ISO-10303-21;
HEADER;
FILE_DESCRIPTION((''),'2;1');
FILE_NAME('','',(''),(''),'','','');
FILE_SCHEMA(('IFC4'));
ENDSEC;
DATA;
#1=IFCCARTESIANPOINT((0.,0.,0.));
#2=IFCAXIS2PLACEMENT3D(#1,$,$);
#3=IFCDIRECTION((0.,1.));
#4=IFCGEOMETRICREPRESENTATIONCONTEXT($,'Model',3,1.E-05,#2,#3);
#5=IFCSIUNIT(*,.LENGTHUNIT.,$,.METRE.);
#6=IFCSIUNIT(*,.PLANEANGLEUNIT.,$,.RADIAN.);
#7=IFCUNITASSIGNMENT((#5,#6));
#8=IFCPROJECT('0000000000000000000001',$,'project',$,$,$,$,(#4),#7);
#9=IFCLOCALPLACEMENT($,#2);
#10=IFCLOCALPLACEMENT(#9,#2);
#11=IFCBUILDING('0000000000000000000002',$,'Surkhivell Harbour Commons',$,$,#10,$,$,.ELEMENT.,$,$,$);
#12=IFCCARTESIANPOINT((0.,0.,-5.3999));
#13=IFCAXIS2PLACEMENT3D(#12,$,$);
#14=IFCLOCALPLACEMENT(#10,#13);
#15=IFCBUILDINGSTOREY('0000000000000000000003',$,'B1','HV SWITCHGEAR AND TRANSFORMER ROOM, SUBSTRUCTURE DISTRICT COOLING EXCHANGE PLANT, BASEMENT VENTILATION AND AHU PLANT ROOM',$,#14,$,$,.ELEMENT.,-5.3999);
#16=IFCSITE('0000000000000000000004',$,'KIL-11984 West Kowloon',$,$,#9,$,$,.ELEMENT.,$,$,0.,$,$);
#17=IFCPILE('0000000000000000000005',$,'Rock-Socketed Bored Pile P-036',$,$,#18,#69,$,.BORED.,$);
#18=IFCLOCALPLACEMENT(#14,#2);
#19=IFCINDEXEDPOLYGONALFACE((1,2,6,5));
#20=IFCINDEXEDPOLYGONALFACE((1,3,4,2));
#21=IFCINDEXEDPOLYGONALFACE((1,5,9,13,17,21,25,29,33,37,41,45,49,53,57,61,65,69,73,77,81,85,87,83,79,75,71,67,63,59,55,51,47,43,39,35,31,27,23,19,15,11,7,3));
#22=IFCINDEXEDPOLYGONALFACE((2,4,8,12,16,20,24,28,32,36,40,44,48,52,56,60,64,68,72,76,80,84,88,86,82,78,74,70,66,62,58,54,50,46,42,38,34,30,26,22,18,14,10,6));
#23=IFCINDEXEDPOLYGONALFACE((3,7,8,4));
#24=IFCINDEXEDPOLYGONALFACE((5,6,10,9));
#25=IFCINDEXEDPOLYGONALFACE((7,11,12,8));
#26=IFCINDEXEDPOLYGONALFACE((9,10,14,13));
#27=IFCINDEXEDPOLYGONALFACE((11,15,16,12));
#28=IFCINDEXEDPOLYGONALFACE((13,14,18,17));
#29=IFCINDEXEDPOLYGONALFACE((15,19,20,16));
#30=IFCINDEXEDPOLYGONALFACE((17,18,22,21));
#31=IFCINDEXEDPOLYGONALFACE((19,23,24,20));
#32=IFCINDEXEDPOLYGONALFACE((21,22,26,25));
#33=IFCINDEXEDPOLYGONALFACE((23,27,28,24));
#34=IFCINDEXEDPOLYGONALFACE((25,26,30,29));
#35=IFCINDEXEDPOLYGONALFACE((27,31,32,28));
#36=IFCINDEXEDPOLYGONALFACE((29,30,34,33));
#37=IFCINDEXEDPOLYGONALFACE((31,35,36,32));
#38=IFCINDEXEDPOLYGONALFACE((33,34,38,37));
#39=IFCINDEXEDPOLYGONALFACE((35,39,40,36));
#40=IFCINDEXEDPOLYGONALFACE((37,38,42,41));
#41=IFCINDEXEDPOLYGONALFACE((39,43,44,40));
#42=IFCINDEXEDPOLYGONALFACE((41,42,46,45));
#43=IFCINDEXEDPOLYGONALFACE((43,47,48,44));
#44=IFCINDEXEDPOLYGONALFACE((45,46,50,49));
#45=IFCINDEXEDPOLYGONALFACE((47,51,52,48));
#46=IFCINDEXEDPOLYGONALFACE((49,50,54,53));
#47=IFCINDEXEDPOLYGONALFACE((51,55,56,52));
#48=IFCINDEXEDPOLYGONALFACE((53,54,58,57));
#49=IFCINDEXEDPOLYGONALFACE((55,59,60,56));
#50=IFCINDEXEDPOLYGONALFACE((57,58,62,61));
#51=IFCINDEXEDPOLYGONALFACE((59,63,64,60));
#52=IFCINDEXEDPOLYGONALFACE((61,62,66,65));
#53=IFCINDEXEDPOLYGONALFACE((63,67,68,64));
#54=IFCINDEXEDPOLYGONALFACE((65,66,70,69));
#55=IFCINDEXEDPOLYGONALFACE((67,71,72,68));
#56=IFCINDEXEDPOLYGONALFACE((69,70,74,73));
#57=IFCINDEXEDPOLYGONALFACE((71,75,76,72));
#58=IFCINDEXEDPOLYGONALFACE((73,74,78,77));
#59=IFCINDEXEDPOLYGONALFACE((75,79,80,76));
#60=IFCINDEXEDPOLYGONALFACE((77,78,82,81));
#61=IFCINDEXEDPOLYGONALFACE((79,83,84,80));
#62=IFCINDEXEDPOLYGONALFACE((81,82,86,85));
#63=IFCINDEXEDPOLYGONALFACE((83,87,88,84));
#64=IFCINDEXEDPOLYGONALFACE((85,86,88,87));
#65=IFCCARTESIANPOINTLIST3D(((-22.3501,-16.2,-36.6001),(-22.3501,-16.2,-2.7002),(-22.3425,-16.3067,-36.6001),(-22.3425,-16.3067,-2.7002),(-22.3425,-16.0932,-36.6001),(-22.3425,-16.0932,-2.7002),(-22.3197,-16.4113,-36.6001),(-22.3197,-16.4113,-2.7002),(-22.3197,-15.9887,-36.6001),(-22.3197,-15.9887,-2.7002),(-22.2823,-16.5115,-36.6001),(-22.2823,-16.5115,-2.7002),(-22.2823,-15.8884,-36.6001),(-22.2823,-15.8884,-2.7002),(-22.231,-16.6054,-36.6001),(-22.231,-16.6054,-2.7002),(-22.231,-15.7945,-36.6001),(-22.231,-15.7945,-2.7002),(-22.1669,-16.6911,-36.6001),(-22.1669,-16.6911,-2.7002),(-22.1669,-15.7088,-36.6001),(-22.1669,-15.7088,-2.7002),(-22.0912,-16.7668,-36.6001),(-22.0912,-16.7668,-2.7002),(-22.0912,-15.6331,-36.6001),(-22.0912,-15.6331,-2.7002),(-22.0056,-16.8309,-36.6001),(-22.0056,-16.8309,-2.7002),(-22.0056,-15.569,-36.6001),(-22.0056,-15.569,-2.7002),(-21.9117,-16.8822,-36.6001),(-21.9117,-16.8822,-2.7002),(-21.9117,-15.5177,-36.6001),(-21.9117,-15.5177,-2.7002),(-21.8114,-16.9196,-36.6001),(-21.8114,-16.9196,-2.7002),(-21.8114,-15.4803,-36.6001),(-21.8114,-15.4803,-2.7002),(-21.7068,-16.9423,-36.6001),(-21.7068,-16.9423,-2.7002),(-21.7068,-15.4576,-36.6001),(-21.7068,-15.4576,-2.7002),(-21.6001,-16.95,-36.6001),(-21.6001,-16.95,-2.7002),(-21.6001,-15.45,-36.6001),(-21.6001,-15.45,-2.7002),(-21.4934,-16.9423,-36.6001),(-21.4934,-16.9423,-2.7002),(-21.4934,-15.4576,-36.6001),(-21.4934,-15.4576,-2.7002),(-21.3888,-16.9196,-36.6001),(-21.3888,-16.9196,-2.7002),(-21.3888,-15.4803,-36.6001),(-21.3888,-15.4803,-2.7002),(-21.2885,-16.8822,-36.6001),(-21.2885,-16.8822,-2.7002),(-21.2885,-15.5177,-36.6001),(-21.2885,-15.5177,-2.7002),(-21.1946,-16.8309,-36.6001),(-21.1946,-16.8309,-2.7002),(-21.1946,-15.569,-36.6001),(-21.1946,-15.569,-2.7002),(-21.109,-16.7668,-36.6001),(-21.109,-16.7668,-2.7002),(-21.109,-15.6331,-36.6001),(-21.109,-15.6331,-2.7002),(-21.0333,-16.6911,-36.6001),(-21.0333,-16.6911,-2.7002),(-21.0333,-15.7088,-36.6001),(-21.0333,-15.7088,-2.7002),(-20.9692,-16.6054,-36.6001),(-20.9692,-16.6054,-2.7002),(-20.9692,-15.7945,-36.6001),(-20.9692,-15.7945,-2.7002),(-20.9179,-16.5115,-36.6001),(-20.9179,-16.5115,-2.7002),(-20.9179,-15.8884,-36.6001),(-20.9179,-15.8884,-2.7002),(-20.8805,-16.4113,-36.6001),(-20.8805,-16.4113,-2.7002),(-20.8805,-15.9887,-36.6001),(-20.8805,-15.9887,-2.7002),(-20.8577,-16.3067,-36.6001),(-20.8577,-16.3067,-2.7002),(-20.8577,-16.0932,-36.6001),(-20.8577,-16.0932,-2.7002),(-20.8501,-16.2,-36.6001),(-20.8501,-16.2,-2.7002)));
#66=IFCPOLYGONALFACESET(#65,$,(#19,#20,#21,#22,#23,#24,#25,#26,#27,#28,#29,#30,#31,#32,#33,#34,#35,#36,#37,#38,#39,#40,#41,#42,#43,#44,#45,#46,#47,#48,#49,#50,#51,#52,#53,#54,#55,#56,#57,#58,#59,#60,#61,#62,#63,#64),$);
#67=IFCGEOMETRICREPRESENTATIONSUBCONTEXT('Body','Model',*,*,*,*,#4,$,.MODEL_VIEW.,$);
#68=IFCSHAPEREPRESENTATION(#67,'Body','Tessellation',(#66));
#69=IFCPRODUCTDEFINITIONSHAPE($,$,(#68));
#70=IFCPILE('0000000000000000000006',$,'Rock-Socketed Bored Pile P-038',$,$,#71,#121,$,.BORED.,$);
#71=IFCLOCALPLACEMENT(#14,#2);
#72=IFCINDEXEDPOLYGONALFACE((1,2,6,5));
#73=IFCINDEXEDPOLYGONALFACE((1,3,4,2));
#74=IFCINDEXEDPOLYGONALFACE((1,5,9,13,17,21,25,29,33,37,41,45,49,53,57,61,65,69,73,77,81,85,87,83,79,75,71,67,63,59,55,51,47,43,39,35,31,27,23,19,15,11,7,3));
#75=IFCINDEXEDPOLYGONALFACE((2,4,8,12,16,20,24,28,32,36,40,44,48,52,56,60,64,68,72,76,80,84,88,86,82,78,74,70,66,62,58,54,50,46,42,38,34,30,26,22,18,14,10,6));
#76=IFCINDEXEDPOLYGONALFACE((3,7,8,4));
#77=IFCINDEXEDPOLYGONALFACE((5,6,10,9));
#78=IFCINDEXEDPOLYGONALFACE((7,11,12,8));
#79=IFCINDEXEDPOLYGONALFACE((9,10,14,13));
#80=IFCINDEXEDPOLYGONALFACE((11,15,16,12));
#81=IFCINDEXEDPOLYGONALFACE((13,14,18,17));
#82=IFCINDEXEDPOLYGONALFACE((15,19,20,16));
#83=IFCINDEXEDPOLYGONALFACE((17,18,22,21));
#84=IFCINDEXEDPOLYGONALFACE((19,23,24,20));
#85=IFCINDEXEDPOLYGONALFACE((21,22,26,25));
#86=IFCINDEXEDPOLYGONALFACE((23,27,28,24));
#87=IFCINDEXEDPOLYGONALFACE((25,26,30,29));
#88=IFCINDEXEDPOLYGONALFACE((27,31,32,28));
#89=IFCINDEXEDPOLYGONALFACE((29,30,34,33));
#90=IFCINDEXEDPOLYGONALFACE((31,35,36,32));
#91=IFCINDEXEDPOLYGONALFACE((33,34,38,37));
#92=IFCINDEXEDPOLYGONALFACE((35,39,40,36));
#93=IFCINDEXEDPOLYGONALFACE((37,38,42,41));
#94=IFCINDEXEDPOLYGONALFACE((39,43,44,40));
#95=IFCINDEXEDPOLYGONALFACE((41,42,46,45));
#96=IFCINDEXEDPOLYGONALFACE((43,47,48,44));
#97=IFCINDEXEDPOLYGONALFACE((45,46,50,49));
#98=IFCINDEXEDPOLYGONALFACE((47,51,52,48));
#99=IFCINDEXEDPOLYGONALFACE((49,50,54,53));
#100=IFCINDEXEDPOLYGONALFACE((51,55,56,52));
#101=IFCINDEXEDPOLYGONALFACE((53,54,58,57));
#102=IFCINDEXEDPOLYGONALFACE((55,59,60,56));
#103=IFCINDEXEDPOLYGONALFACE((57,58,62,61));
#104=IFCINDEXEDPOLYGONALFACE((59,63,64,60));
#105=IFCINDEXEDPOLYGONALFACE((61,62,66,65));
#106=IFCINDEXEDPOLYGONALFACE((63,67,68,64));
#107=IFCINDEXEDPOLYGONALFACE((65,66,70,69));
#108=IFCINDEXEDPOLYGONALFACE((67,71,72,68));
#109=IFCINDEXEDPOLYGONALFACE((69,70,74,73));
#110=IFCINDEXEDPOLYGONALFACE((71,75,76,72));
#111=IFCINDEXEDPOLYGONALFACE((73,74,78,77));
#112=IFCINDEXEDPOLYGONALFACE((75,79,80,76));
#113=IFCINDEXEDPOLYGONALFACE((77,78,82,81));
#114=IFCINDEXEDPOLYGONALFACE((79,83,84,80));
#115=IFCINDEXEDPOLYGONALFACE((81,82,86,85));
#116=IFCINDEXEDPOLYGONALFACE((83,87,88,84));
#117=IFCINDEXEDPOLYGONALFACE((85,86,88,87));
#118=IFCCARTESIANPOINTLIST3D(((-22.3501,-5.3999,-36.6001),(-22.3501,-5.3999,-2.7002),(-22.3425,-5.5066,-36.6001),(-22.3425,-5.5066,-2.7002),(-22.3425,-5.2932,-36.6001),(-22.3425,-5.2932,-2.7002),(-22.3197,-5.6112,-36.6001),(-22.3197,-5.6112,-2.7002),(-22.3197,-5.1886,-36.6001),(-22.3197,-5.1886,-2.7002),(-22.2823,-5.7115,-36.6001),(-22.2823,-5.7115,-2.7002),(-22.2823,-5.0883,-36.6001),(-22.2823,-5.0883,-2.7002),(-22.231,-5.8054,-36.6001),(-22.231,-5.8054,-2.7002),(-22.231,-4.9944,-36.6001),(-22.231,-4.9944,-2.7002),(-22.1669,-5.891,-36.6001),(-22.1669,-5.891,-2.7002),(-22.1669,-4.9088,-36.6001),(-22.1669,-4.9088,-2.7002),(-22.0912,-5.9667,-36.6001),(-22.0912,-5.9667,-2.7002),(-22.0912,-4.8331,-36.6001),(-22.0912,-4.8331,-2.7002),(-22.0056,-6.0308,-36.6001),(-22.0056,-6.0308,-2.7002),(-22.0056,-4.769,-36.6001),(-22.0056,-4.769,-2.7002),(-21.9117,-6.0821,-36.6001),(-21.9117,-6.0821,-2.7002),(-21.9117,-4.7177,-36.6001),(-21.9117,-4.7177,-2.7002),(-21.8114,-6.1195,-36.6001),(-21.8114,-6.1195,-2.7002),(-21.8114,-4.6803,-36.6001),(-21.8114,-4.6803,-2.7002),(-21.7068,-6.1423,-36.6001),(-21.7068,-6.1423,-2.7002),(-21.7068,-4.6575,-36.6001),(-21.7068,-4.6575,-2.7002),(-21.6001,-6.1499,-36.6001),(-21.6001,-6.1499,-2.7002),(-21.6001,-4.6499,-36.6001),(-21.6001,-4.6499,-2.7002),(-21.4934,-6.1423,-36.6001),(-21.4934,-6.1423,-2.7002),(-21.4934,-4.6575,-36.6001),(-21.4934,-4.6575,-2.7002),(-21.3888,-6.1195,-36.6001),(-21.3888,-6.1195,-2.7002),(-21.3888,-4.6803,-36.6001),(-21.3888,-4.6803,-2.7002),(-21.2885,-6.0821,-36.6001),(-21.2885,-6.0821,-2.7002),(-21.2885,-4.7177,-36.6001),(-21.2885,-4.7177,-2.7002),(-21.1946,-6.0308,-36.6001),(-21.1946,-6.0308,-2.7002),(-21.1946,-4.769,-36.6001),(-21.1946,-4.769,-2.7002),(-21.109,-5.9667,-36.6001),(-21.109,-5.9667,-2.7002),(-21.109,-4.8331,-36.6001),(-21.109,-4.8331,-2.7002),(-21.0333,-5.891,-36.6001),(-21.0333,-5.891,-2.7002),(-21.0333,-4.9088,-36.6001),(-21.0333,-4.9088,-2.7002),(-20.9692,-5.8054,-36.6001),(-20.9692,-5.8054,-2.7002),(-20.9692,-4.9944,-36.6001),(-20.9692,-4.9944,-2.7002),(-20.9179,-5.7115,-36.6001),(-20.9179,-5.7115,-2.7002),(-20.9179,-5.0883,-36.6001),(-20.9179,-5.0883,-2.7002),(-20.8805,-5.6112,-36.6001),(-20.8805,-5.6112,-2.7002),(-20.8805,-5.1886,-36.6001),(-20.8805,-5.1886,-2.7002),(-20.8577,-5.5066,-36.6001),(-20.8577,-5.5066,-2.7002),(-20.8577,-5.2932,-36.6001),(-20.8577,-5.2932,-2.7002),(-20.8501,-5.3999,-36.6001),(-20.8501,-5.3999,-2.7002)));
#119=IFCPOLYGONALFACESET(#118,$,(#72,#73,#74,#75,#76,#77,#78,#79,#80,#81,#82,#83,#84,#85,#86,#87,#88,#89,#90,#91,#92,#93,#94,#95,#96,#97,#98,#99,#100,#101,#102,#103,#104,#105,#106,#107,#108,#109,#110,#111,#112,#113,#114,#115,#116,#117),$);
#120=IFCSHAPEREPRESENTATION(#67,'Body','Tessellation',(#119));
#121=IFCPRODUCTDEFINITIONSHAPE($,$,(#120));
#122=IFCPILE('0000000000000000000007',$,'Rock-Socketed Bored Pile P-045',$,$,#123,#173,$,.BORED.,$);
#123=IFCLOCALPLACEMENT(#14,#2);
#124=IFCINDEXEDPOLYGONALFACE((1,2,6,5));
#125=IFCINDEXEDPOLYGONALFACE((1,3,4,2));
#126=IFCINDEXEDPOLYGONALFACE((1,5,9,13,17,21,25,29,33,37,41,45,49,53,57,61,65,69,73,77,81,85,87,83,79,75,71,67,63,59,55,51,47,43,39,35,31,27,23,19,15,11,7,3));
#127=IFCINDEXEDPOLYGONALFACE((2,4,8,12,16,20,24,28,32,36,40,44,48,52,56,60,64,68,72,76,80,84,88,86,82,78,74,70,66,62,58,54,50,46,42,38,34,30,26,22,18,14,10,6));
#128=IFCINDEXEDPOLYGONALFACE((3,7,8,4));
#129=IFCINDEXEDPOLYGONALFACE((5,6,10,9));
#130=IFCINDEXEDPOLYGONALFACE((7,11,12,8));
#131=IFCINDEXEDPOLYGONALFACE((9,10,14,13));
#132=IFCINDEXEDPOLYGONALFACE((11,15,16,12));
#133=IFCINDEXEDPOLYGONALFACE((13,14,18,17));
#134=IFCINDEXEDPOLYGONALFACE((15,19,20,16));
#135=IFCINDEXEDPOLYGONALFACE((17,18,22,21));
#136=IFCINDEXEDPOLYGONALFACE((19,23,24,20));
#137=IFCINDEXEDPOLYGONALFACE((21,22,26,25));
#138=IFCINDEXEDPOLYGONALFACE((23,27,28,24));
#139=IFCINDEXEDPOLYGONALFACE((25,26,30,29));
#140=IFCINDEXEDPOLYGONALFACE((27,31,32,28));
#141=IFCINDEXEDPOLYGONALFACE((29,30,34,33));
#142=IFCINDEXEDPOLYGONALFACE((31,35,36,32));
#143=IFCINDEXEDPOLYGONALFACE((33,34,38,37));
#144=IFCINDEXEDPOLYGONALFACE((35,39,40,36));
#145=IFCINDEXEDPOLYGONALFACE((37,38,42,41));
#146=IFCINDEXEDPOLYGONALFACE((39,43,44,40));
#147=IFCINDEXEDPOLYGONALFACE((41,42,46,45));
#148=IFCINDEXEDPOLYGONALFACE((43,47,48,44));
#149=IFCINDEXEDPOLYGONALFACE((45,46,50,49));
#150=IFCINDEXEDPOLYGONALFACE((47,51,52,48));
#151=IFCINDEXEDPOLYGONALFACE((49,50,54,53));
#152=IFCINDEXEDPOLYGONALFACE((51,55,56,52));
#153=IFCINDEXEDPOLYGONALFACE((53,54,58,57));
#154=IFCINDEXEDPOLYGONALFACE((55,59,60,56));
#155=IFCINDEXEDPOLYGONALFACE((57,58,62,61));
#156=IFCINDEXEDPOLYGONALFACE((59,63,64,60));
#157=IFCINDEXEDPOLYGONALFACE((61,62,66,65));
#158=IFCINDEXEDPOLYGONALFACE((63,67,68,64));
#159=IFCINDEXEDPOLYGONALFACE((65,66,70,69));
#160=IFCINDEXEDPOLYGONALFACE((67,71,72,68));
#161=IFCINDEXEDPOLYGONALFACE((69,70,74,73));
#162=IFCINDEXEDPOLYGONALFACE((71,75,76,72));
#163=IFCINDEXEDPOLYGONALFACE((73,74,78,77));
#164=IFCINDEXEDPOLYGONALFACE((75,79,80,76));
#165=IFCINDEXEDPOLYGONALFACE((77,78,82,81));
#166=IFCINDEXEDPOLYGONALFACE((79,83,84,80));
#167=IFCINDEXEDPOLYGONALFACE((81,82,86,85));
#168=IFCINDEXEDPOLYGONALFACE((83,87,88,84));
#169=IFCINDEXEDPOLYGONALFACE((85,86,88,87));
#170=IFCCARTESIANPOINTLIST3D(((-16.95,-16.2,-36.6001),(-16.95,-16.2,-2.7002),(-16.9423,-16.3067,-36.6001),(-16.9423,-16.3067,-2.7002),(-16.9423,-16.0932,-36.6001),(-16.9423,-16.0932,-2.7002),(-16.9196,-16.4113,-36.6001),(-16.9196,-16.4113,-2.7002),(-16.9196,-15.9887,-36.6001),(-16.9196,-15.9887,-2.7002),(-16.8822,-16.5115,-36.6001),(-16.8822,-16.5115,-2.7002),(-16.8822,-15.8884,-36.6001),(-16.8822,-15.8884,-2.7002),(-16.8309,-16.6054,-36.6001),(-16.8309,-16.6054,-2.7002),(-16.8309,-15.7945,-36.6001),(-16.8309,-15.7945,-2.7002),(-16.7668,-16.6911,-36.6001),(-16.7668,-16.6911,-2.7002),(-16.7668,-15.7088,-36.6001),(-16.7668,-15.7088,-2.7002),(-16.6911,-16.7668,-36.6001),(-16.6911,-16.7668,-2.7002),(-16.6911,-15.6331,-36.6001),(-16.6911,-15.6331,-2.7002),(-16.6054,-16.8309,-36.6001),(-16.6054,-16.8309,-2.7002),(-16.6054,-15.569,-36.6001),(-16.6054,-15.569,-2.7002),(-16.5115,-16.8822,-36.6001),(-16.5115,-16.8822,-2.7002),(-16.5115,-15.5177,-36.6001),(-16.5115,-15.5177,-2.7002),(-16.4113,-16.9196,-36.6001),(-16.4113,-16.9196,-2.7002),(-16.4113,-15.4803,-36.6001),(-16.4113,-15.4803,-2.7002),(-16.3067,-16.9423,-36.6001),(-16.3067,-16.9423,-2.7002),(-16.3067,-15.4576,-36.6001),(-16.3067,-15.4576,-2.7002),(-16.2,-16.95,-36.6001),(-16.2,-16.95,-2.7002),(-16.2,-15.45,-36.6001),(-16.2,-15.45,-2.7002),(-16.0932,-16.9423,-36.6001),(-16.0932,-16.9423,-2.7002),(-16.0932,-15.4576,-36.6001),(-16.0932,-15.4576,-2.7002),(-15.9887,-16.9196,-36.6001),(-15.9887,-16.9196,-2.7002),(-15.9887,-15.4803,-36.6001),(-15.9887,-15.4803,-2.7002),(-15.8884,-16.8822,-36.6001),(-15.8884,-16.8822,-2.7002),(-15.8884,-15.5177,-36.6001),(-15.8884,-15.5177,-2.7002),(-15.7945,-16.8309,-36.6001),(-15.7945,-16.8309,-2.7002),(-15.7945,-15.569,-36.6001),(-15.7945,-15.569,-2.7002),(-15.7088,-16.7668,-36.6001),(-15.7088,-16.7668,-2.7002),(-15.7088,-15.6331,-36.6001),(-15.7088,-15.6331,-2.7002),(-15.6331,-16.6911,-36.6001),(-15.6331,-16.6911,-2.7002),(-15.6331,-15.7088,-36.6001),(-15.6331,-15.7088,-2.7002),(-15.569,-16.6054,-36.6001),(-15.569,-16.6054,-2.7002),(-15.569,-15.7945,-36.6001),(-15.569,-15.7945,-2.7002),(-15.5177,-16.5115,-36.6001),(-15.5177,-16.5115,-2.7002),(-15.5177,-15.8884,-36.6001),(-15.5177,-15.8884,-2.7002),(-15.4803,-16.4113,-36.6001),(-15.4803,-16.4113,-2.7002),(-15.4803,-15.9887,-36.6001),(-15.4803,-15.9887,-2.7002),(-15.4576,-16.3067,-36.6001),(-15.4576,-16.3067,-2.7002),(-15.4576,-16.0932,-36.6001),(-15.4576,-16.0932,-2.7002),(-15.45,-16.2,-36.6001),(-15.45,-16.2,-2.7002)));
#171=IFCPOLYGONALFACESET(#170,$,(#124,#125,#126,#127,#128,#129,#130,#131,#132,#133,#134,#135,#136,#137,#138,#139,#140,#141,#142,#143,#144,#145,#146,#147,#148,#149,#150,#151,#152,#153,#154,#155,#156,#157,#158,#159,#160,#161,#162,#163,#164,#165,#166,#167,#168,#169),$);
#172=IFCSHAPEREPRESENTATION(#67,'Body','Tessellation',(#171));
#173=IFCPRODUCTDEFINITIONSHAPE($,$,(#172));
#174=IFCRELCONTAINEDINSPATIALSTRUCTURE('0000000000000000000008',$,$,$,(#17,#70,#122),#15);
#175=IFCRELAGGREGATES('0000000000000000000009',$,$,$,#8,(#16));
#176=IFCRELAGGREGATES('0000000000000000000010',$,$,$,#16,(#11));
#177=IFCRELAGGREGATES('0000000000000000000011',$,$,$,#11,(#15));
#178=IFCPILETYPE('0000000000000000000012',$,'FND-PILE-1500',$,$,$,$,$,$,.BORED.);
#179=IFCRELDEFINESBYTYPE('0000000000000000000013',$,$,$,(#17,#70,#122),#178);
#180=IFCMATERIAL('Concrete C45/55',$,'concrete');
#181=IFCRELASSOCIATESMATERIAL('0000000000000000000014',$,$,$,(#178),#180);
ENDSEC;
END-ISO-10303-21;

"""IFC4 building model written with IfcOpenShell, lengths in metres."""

from ifc_helpers import new_model, si_unit, direction, frame, origin, origin_2d, place, context, subcontext, project, spatial, circle, extrude, material, material_profile, profile_set, type_object, element, save


model = new_model("IFC4")

# Units and contexts
model_context = context("Model", 3, precision=1e-05, world=origin(), true_north=direction((0.0, 1.0)))
body_context = subcontext(model_context, "Body", "Model", "MODEL_VIEW")
ifc_project = project(units=[si_unit("LENGTHUNIT", "METRE"), si_unit("PLANEANGLEUNIT", "RADIAN")], contexts=[model_context])

# Site, building, storey
site_placement = place(None, origin())
site = spatial("IfcSite", under=ifc_project, at=site_placement, Name="KIL-11984 West Kowloon", CompositionType="ELEMENT", RefElevation=0.0)
building_placement = place(site_placement, origin())
building = spatial("IfcBuilding", under=site, at=building_placement, Name="Surkhivell Harbour Commons", CompositionType="ELEMENT")
storey_placement = place(building_placement, frame((0.0, 0.0, -5.3999)))
storey = spatial("IfcBuildingStorey", under=building, at=storey_placement, Name="B1", Description="HV SWITCHGEAR AND TRANSFORMER ROOM, SUBSTRUCTURE DISTRICT COOLING EXCHANGE PLANT, BASEMENT VENTILATION AND AHU PLANT ROOM", CompositionType="ELEMENT", Elevation=-5.3999)

# Piles
ifc_material_1 = material(Name="Concrete C45/55", Category="concrete")
ifc_material_profile_1 = material_profile(ifc_material_1, circle(Radius=0.75, at=origin_2d()), Name="PILE-1500")
ifc_profile_set_1 = profile_set([ifc_material_profile_1], Name="Concrete C45/55")
pile_type_1 = type_object("IfcPileType", Name="FND-PILE-1500", PredefinedType="BORED", material=ifc_profile_set_1)
for number, where, z_axis, x_axis, name in (
    (1, (-21.6001, -16.2, -2.7002), (0.0, 0.0, -1.0), (1.0, 0.0, 0.0), "Rock-Socketed Bored Pile P-036"),
    (2, (-21.6001, -5.3999, -2.7002), (0.0, 0.0, -1.0), (1.0, 0.0, 0.0), "Rock-Socketed Bored Pile P-038"),
    (3, (-16.2, -16.2, -2.7002), (0.0, 0.0, -1.0), (1.0, 0.0, 0.0), "Rock-Socketed Bored Pile P-045"),
):
    element("IfcPile", number, at=place(storey_placement, frame(where, z_axis=z_axis, x_axis=x_axis)), inside=storey, type_object=pile_type_1, Name=name, PredefinedType="BORED", context=body_context, shape_type="SweptSolid", body=[
        extrude(circle(Radius=0.75, at=origin_2d()), origin(), (0.0, 0.0, 1.0), 33.8999),
    ])

save(model, "model.ifc")
